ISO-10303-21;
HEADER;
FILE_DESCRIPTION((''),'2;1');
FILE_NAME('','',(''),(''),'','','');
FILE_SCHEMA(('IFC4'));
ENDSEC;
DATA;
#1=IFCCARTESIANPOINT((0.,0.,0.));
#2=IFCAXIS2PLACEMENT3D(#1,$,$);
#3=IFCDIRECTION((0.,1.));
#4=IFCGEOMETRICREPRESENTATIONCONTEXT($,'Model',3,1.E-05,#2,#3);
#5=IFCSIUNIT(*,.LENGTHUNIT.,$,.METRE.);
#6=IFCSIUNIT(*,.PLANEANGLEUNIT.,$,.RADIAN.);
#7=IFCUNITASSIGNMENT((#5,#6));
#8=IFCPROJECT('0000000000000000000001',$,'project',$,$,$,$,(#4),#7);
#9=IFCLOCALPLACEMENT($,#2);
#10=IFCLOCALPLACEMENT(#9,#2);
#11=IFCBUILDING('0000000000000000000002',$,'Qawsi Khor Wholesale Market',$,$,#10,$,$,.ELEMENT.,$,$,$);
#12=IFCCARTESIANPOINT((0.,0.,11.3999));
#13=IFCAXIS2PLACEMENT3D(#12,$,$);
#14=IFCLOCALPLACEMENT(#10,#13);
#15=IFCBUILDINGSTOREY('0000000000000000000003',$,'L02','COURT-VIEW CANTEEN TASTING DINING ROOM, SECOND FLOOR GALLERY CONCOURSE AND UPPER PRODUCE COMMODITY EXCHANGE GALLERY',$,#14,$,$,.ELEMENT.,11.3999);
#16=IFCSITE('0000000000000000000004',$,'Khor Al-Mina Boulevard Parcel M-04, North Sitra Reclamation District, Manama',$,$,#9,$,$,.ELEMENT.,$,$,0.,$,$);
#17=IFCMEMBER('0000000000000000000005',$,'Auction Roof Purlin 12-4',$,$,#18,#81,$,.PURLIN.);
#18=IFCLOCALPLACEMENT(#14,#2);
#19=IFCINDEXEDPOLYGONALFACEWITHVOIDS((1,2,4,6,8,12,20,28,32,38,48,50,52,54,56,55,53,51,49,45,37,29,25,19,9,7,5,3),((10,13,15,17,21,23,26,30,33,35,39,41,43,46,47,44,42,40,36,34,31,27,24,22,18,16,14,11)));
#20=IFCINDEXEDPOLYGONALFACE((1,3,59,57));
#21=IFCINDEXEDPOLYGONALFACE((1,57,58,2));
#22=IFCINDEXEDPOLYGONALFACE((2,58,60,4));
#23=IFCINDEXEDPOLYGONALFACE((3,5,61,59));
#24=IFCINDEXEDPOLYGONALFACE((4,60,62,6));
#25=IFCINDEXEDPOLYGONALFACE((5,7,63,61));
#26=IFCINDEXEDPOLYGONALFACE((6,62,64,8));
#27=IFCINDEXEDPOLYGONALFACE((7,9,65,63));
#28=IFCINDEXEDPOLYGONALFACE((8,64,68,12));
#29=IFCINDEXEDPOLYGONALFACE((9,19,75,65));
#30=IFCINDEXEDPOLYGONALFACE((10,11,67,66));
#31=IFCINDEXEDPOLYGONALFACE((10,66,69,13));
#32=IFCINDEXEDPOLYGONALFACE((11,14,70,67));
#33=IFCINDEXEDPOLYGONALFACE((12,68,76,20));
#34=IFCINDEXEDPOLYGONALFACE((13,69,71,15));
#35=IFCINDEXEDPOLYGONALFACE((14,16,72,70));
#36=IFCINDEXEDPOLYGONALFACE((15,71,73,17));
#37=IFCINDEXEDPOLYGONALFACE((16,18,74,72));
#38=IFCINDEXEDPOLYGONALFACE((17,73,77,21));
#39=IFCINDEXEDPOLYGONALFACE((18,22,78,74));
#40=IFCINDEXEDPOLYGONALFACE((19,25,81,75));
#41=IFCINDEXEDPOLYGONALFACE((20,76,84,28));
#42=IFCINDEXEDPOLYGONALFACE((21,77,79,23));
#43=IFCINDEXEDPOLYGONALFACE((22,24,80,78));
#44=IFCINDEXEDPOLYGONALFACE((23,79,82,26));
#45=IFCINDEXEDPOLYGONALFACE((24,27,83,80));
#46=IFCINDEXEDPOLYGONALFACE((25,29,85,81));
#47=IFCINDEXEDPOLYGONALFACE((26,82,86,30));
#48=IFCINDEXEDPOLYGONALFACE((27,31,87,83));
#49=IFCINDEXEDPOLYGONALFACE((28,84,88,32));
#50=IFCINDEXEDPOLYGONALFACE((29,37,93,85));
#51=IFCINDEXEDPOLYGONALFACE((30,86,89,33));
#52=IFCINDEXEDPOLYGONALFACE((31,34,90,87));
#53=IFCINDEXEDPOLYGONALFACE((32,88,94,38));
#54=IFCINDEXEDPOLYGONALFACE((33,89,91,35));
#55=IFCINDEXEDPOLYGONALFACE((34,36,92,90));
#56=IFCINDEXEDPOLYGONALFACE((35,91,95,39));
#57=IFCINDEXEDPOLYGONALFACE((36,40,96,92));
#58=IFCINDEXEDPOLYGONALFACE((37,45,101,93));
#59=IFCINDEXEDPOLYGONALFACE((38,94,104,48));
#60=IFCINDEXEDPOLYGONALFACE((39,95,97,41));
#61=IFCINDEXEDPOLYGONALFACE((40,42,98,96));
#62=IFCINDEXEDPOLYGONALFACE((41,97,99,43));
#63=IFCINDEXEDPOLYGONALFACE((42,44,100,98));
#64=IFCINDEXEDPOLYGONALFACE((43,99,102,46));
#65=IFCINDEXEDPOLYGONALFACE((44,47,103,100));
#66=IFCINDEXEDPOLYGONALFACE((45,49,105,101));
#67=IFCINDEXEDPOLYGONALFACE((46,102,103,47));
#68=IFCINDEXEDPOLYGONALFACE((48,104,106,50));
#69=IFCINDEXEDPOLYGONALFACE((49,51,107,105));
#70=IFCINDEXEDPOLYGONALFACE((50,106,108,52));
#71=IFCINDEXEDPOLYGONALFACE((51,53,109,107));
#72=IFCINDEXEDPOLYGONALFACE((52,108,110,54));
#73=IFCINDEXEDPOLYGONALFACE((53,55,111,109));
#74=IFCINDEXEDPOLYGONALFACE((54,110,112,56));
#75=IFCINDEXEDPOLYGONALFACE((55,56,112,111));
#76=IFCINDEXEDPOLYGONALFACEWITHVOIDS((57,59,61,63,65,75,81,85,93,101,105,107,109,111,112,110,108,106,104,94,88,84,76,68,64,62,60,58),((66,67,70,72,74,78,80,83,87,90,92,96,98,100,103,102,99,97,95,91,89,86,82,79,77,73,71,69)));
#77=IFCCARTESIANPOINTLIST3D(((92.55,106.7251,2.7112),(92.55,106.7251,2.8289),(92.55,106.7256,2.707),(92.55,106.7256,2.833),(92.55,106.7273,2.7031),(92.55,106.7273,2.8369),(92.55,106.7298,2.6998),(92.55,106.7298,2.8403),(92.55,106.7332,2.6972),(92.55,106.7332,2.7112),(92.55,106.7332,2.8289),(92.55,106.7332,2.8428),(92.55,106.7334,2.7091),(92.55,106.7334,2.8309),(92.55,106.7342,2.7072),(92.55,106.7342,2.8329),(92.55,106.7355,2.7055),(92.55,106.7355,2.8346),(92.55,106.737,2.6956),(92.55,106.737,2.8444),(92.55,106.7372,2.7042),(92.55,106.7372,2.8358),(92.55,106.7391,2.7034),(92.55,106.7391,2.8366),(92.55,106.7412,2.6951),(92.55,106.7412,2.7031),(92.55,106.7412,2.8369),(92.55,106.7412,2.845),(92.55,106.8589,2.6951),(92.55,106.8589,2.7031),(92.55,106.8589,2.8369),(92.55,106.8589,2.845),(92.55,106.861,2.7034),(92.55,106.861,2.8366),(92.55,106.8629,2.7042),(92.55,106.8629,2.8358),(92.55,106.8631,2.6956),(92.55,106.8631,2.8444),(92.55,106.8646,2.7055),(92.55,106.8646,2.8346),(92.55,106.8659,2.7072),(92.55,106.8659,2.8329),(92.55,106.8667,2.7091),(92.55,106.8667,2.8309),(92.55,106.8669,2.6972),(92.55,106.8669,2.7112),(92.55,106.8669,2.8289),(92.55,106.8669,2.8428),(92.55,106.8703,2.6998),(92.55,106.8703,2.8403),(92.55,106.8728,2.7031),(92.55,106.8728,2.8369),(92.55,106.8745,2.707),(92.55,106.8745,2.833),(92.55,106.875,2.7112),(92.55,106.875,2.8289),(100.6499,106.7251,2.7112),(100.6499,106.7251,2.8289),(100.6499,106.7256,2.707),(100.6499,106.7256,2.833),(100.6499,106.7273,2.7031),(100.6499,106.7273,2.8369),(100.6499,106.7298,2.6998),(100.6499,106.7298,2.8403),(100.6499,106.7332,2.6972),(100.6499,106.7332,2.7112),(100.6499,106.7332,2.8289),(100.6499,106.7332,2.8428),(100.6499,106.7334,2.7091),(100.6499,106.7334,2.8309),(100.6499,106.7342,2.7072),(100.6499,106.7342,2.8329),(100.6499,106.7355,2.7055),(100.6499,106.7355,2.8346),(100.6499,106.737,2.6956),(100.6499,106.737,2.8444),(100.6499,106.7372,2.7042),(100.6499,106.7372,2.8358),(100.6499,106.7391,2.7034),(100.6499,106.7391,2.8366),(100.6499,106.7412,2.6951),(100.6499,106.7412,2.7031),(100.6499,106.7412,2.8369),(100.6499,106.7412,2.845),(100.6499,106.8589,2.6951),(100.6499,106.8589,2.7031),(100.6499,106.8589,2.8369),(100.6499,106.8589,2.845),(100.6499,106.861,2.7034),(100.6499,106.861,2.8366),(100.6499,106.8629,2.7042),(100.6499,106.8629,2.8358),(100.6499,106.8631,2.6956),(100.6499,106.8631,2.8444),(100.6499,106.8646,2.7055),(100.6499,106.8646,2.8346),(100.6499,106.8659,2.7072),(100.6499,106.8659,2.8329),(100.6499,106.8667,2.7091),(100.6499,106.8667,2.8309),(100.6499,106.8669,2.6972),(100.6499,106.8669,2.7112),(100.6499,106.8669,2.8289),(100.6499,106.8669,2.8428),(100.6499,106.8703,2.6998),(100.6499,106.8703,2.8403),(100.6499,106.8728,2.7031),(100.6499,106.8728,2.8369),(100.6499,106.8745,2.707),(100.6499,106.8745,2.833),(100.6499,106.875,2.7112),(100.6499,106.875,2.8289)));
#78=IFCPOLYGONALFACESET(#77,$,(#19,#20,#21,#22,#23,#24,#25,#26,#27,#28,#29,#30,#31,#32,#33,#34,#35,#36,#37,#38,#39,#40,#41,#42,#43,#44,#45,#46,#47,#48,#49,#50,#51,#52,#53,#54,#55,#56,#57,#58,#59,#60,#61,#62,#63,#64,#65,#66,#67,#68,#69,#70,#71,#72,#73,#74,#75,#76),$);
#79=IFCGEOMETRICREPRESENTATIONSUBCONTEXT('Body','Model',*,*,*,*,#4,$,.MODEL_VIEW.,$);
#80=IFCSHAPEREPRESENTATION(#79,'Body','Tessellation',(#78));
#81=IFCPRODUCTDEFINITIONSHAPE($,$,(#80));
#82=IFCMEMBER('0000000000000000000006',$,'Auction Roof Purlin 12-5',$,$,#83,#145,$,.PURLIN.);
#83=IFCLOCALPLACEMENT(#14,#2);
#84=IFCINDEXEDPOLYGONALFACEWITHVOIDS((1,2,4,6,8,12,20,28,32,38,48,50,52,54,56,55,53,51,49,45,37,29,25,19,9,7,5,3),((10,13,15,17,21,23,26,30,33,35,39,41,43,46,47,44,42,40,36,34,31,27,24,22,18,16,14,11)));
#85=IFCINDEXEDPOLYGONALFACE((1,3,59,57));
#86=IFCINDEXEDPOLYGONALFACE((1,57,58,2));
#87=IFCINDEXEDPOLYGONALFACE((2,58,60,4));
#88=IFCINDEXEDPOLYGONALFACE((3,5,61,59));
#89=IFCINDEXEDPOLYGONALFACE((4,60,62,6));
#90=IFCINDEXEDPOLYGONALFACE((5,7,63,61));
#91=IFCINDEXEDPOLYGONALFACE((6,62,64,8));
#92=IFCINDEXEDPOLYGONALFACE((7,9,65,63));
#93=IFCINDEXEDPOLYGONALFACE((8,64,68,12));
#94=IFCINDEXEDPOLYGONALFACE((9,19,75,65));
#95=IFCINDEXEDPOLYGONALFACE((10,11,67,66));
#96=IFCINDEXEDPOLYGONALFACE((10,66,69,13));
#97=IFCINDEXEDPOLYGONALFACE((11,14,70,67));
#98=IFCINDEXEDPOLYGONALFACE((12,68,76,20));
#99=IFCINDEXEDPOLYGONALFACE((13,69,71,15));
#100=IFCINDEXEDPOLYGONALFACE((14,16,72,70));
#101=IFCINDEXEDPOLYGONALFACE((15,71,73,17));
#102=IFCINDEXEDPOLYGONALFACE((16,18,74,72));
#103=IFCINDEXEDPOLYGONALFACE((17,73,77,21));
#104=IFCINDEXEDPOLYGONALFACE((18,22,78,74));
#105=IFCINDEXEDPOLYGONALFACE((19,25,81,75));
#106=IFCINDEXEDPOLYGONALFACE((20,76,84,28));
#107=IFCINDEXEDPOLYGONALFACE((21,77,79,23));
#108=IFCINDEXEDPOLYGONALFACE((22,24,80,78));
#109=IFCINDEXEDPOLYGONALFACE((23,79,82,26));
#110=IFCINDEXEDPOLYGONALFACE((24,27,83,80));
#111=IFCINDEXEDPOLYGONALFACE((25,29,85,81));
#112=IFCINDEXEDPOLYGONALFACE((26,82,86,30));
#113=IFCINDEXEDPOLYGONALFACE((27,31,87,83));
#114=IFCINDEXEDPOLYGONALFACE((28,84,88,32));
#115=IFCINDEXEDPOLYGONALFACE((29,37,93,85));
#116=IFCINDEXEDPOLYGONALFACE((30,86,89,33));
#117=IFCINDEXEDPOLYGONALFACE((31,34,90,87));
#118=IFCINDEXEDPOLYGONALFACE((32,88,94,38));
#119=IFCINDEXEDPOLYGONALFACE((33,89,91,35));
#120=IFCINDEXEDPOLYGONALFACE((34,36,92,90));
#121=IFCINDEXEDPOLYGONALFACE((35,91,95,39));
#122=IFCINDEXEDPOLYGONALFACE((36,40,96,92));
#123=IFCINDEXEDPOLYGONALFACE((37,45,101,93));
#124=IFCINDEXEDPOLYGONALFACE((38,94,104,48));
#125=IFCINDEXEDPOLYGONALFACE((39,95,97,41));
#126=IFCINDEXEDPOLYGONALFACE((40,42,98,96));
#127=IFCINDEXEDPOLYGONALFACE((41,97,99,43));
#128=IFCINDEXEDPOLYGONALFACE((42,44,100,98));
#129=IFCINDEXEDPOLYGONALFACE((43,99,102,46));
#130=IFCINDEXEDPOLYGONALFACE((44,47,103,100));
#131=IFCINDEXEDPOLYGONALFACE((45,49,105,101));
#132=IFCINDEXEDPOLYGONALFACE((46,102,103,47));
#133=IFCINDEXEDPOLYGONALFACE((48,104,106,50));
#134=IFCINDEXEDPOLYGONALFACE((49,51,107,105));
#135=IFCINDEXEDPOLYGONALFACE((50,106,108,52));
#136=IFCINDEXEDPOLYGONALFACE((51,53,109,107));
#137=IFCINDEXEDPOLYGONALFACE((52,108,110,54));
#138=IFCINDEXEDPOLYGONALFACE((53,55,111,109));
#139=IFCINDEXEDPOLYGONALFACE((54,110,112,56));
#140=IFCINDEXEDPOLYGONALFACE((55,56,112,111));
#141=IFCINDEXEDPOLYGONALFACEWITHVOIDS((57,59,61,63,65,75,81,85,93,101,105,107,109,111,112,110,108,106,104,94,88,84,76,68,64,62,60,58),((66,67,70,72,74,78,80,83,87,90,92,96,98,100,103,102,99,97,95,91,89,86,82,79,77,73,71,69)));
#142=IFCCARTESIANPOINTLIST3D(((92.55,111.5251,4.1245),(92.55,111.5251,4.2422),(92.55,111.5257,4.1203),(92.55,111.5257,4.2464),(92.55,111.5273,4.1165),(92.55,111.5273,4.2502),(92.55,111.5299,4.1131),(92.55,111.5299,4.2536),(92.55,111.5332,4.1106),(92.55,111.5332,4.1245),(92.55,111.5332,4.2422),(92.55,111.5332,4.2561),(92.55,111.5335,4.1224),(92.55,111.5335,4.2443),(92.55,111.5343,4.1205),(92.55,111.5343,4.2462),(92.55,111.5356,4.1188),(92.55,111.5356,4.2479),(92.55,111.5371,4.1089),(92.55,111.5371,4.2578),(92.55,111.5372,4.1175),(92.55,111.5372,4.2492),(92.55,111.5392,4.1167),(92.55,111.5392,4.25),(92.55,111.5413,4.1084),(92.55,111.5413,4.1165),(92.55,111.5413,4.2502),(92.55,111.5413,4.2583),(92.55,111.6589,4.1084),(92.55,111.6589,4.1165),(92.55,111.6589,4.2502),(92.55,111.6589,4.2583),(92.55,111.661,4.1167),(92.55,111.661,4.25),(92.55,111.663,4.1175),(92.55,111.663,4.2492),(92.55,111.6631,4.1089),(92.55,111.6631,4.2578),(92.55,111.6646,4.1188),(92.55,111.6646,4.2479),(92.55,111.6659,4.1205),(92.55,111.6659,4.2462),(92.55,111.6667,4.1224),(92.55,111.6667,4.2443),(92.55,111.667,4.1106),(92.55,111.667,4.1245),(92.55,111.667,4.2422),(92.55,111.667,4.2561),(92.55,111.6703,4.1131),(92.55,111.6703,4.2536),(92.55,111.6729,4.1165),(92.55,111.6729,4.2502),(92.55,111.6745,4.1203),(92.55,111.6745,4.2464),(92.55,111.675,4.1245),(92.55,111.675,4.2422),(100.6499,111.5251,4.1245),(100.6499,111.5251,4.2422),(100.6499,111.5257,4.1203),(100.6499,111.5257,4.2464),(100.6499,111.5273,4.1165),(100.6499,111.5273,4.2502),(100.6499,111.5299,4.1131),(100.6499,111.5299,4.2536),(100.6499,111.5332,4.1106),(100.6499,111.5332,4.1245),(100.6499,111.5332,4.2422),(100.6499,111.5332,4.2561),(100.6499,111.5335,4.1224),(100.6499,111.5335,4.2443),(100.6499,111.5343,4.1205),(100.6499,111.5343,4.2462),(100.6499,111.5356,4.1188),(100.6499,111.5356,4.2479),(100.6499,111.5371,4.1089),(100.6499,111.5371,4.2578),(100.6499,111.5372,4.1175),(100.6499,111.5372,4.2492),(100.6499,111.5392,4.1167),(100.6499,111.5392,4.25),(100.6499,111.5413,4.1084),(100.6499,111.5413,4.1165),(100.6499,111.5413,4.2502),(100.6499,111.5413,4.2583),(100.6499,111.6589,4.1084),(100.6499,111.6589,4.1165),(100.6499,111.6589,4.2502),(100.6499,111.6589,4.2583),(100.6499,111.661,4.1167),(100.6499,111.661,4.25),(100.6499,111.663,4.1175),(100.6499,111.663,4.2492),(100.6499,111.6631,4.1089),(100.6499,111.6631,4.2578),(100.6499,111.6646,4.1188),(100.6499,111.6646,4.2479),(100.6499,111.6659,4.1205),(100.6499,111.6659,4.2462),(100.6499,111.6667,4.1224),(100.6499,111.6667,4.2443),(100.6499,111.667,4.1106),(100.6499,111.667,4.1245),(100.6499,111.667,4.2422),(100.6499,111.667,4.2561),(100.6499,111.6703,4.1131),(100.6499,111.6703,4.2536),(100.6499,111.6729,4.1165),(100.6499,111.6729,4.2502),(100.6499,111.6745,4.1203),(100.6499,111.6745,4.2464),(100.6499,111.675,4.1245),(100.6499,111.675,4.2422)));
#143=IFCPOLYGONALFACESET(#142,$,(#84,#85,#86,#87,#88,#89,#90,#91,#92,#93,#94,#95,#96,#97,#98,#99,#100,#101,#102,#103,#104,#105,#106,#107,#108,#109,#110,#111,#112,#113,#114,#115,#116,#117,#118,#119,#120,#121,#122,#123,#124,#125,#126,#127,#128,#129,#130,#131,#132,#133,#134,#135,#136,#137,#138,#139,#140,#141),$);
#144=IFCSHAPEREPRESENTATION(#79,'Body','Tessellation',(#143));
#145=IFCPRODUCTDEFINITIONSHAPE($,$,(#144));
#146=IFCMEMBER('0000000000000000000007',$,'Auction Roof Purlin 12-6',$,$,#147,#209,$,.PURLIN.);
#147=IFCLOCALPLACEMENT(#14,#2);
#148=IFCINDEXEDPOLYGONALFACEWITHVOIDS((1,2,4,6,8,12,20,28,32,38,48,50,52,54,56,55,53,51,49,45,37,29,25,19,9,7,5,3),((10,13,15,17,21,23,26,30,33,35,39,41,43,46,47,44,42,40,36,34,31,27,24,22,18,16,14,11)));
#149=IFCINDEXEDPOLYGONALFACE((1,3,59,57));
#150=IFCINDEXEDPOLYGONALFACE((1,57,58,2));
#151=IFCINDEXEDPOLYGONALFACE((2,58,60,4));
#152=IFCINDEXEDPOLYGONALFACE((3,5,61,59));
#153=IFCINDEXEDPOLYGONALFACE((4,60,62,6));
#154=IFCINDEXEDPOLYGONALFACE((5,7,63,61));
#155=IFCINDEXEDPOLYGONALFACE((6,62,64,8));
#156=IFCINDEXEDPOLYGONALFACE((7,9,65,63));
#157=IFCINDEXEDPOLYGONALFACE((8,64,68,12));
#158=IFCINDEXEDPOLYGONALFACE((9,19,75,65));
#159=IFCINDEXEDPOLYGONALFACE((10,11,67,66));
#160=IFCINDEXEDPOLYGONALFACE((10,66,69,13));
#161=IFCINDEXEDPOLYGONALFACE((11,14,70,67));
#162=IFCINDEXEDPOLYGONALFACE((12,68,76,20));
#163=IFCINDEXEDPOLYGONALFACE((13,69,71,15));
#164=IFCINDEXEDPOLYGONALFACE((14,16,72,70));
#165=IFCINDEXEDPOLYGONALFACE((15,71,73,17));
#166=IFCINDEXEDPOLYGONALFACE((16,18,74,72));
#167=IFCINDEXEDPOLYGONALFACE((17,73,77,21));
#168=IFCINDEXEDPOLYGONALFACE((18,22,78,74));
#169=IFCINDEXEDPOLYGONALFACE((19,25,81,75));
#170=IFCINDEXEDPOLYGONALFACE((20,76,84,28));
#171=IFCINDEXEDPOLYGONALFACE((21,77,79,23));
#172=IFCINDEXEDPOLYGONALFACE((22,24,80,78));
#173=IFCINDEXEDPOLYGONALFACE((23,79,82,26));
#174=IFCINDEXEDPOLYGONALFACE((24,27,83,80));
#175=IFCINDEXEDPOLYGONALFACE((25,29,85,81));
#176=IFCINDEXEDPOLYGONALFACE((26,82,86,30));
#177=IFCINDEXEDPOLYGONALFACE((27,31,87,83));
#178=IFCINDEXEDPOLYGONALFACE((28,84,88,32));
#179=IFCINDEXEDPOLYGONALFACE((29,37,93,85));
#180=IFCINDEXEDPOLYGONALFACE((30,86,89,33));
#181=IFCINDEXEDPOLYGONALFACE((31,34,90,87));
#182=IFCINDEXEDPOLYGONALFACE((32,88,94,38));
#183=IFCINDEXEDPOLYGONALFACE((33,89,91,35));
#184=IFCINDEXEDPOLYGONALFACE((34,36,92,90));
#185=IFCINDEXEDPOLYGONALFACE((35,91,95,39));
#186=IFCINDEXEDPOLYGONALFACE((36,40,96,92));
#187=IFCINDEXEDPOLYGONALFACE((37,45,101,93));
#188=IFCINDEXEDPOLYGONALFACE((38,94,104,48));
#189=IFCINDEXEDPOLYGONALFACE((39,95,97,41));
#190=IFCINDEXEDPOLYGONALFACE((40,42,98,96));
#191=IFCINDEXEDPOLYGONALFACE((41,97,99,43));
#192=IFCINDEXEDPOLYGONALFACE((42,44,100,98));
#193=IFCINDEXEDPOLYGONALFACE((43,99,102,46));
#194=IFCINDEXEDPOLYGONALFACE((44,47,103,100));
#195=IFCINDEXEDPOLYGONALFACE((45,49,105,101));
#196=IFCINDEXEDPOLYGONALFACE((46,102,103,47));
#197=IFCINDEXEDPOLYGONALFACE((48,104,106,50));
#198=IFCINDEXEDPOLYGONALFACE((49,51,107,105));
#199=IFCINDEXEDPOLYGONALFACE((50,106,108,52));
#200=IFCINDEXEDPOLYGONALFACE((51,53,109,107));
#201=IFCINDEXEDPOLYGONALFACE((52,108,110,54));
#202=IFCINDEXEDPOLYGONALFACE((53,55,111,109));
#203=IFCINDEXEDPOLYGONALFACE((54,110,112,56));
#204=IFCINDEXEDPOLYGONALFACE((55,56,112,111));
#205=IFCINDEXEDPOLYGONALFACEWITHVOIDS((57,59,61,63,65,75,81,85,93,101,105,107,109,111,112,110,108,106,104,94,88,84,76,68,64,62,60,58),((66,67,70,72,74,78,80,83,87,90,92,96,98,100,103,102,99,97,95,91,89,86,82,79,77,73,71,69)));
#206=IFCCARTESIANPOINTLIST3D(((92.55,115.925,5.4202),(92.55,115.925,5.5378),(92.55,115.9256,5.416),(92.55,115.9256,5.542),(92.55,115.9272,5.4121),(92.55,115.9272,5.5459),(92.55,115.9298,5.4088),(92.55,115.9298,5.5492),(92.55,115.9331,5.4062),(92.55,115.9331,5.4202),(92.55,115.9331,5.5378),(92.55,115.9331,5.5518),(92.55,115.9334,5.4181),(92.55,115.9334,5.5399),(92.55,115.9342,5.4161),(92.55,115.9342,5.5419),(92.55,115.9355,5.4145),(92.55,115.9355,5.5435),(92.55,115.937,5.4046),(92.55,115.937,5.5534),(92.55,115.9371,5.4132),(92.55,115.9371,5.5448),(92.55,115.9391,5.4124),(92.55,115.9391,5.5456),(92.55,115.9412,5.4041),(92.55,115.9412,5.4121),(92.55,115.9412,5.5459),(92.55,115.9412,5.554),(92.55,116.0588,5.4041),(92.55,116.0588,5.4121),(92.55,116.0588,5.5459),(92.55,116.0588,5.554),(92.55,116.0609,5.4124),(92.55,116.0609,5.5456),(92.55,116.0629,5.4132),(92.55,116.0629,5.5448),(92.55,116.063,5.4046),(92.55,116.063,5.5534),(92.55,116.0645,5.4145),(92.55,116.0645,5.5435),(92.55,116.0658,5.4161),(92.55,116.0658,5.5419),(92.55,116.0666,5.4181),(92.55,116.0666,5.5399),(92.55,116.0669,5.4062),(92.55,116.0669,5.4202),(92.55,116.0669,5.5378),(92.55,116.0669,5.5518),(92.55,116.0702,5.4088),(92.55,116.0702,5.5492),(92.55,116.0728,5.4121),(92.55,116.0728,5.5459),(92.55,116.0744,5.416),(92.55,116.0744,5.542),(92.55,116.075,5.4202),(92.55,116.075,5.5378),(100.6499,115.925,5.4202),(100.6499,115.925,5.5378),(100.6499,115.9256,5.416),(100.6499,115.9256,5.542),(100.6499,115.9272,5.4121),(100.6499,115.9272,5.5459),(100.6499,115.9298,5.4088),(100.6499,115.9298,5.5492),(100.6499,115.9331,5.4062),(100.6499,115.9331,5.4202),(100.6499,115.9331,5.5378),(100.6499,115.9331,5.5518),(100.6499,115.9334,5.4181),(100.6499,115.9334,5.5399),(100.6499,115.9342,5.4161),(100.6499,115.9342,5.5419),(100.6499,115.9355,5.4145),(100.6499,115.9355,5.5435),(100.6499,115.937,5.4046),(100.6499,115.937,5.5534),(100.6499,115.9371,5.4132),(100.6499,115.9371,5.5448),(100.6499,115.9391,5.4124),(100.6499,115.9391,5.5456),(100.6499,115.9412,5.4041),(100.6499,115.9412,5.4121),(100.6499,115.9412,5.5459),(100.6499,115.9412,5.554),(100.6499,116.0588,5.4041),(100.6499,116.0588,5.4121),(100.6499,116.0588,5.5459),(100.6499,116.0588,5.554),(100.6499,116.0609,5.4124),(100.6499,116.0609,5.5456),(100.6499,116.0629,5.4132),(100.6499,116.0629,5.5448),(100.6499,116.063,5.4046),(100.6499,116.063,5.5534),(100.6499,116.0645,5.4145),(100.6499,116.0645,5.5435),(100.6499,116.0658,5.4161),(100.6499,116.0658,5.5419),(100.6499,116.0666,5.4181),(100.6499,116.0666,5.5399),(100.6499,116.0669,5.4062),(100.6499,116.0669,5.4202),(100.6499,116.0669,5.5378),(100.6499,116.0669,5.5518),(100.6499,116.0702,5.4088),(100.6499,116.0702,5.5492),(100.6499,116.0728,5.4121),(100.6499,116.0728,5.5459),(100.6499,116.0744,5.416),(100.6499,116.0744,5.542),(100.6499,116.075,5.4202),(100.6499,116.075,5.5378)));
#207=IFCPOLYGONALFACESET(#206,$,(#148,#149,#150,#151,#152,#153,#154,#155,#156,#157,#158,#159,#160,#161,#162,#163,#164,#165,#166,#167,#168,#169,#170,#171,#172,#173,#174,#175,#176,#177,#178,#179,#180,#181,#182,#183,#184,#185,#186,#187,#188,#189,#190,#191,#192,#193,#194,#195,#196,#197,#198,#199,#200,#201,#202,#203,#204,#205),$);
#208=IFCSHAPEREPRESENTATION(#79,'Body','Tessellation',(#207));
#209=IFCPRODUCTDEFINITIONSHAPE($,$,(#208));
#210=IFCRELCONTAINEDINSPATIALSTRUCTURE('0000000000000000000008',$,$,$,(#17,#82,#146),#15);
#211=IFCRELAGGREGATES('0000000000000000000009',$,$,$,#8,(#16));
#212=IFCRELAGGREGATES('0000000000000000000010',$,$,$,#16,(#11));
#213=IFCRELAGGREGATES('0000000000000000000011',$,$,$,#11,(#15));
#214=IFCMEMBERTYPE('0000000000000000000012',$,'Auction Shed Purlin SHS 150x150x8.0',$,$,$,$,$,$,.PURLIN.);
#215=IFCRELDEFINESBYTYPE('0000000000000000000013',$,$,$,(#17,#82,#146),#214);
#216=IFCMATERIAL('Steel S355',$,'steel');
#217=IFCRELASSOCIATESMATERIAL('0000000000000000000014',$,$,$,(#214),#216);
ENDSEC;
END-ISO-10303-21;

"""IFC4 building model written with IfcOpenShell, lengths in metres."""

from ifc_helpers import new_model, si_unit, direction, frame, origin, origin_2d, place, context, subcontext, project, spatial, hollow_rectangle, extrude, material, material_profile, profile_set, type_object, element, save


model = new_model("IFC4")

# Units and contexts
model_context = context("Model", 3, precision=1e-05, world=origin(), true_north=direction((0.0, 1.0)))
body_context = subcontext(model_context, "Body", "Model", "MODEL_VIEW")
ifc_project = project(units=[si_unit("LENGTHUNIT", "METRE"), si_unit("PLANEANGLEUNIT", "RADIAN")], contexts=[model_context])

# Site, building, storey
site_placement = place(None, origin())
site = spatial("IfcSite", under=ifc_project, at=site_placement, Name="Khor Al-Mina Boulevard Parcel M-04, North Sitra Reclamation District, Manama", CompositionType="ELEMENT", RefElevation=0.0)
building_placement = place(site_placement, origin())
building = spatial("IfcBuilding", under=site, at=building_placement, Name="Qawsi Khor Wholesale Market", CompositionType="ELEMENT")
storey_placement = place(building_placement, frame((0.0, 0.0, 11.3999)))
storey = spatial("IfcBuildingStorey", under=building, at=storey_placement, Name="L02", Description="COURT-VIEW CANTEEN TASTING DINING ROOM, SECOND FLOOR GALLERY CONCOURSE AND UPPER PRODUCE COMMODITY EXCHANGE GALLERY", CompositionType="ELEMENT", Elevation=11.3999)

# Members
ifc_material_1 = material(Name="Steel S355", Category="steel")
ifc_material_profile_1 = material_profile(ifc_material_1, hollow_rectangle(XDim=0.1499, YDim=0.1499, WallThickness=0.0081, InnerFilletRadius=0.0081, OuterFilletRadius=0.0161, at=origin_2d()), Name="SHS 150x150x8.0")
ifc_profile_set_1 = profile_set([ifc_material_profile_1], Name="Steel S355")
member_type_1 = type_object("IfcMemberType", Name="Auction Shed Purlin SHS 150x150x8.0", PredefinedType="PURLIN", material=ifc_profile_set_1)
for number, where, z_axis, x_axis, name in (
    (1, (92.55, 106.8, 2.77), (1.0, 0.0, 0.0), (0.0, 1.0, 0.0), "Auction Roof Purlin 12-4"),
    (2, (92.55, 111.6001, 4.1833), (1.0, 0.0, 0.0), (0.0, 1.0, 0.0), "Auction Roof Purlin 12-5"),
    (3, (92.55, 116.0, 5.479), (1.0, 0.0, 0.0), (0.0, 1.0, 0.0), "Auction Roof Purlin 12-6"),
):
    element("IfcMember", number, at=place(storey_placement, frame(where, z_axis=z_axis, x_axis=x_axis)), inside=storey, type_object=member_type_1, Name=name, PredefinedType="PURLIN", context=body_context, shape_type="SweptSolid", body=[
        extrude(hollow_rectangle(XDim=0.1499, YDim=0.1499, WallThickness=0.0081, InnerFilletRadius=0.0081, OuterFilletRadius=0.0161, at=origin_2d()), origin(), (0.0, 0.0, 1.0), 8.0999),
    ])

save(model, "model.ifc")
